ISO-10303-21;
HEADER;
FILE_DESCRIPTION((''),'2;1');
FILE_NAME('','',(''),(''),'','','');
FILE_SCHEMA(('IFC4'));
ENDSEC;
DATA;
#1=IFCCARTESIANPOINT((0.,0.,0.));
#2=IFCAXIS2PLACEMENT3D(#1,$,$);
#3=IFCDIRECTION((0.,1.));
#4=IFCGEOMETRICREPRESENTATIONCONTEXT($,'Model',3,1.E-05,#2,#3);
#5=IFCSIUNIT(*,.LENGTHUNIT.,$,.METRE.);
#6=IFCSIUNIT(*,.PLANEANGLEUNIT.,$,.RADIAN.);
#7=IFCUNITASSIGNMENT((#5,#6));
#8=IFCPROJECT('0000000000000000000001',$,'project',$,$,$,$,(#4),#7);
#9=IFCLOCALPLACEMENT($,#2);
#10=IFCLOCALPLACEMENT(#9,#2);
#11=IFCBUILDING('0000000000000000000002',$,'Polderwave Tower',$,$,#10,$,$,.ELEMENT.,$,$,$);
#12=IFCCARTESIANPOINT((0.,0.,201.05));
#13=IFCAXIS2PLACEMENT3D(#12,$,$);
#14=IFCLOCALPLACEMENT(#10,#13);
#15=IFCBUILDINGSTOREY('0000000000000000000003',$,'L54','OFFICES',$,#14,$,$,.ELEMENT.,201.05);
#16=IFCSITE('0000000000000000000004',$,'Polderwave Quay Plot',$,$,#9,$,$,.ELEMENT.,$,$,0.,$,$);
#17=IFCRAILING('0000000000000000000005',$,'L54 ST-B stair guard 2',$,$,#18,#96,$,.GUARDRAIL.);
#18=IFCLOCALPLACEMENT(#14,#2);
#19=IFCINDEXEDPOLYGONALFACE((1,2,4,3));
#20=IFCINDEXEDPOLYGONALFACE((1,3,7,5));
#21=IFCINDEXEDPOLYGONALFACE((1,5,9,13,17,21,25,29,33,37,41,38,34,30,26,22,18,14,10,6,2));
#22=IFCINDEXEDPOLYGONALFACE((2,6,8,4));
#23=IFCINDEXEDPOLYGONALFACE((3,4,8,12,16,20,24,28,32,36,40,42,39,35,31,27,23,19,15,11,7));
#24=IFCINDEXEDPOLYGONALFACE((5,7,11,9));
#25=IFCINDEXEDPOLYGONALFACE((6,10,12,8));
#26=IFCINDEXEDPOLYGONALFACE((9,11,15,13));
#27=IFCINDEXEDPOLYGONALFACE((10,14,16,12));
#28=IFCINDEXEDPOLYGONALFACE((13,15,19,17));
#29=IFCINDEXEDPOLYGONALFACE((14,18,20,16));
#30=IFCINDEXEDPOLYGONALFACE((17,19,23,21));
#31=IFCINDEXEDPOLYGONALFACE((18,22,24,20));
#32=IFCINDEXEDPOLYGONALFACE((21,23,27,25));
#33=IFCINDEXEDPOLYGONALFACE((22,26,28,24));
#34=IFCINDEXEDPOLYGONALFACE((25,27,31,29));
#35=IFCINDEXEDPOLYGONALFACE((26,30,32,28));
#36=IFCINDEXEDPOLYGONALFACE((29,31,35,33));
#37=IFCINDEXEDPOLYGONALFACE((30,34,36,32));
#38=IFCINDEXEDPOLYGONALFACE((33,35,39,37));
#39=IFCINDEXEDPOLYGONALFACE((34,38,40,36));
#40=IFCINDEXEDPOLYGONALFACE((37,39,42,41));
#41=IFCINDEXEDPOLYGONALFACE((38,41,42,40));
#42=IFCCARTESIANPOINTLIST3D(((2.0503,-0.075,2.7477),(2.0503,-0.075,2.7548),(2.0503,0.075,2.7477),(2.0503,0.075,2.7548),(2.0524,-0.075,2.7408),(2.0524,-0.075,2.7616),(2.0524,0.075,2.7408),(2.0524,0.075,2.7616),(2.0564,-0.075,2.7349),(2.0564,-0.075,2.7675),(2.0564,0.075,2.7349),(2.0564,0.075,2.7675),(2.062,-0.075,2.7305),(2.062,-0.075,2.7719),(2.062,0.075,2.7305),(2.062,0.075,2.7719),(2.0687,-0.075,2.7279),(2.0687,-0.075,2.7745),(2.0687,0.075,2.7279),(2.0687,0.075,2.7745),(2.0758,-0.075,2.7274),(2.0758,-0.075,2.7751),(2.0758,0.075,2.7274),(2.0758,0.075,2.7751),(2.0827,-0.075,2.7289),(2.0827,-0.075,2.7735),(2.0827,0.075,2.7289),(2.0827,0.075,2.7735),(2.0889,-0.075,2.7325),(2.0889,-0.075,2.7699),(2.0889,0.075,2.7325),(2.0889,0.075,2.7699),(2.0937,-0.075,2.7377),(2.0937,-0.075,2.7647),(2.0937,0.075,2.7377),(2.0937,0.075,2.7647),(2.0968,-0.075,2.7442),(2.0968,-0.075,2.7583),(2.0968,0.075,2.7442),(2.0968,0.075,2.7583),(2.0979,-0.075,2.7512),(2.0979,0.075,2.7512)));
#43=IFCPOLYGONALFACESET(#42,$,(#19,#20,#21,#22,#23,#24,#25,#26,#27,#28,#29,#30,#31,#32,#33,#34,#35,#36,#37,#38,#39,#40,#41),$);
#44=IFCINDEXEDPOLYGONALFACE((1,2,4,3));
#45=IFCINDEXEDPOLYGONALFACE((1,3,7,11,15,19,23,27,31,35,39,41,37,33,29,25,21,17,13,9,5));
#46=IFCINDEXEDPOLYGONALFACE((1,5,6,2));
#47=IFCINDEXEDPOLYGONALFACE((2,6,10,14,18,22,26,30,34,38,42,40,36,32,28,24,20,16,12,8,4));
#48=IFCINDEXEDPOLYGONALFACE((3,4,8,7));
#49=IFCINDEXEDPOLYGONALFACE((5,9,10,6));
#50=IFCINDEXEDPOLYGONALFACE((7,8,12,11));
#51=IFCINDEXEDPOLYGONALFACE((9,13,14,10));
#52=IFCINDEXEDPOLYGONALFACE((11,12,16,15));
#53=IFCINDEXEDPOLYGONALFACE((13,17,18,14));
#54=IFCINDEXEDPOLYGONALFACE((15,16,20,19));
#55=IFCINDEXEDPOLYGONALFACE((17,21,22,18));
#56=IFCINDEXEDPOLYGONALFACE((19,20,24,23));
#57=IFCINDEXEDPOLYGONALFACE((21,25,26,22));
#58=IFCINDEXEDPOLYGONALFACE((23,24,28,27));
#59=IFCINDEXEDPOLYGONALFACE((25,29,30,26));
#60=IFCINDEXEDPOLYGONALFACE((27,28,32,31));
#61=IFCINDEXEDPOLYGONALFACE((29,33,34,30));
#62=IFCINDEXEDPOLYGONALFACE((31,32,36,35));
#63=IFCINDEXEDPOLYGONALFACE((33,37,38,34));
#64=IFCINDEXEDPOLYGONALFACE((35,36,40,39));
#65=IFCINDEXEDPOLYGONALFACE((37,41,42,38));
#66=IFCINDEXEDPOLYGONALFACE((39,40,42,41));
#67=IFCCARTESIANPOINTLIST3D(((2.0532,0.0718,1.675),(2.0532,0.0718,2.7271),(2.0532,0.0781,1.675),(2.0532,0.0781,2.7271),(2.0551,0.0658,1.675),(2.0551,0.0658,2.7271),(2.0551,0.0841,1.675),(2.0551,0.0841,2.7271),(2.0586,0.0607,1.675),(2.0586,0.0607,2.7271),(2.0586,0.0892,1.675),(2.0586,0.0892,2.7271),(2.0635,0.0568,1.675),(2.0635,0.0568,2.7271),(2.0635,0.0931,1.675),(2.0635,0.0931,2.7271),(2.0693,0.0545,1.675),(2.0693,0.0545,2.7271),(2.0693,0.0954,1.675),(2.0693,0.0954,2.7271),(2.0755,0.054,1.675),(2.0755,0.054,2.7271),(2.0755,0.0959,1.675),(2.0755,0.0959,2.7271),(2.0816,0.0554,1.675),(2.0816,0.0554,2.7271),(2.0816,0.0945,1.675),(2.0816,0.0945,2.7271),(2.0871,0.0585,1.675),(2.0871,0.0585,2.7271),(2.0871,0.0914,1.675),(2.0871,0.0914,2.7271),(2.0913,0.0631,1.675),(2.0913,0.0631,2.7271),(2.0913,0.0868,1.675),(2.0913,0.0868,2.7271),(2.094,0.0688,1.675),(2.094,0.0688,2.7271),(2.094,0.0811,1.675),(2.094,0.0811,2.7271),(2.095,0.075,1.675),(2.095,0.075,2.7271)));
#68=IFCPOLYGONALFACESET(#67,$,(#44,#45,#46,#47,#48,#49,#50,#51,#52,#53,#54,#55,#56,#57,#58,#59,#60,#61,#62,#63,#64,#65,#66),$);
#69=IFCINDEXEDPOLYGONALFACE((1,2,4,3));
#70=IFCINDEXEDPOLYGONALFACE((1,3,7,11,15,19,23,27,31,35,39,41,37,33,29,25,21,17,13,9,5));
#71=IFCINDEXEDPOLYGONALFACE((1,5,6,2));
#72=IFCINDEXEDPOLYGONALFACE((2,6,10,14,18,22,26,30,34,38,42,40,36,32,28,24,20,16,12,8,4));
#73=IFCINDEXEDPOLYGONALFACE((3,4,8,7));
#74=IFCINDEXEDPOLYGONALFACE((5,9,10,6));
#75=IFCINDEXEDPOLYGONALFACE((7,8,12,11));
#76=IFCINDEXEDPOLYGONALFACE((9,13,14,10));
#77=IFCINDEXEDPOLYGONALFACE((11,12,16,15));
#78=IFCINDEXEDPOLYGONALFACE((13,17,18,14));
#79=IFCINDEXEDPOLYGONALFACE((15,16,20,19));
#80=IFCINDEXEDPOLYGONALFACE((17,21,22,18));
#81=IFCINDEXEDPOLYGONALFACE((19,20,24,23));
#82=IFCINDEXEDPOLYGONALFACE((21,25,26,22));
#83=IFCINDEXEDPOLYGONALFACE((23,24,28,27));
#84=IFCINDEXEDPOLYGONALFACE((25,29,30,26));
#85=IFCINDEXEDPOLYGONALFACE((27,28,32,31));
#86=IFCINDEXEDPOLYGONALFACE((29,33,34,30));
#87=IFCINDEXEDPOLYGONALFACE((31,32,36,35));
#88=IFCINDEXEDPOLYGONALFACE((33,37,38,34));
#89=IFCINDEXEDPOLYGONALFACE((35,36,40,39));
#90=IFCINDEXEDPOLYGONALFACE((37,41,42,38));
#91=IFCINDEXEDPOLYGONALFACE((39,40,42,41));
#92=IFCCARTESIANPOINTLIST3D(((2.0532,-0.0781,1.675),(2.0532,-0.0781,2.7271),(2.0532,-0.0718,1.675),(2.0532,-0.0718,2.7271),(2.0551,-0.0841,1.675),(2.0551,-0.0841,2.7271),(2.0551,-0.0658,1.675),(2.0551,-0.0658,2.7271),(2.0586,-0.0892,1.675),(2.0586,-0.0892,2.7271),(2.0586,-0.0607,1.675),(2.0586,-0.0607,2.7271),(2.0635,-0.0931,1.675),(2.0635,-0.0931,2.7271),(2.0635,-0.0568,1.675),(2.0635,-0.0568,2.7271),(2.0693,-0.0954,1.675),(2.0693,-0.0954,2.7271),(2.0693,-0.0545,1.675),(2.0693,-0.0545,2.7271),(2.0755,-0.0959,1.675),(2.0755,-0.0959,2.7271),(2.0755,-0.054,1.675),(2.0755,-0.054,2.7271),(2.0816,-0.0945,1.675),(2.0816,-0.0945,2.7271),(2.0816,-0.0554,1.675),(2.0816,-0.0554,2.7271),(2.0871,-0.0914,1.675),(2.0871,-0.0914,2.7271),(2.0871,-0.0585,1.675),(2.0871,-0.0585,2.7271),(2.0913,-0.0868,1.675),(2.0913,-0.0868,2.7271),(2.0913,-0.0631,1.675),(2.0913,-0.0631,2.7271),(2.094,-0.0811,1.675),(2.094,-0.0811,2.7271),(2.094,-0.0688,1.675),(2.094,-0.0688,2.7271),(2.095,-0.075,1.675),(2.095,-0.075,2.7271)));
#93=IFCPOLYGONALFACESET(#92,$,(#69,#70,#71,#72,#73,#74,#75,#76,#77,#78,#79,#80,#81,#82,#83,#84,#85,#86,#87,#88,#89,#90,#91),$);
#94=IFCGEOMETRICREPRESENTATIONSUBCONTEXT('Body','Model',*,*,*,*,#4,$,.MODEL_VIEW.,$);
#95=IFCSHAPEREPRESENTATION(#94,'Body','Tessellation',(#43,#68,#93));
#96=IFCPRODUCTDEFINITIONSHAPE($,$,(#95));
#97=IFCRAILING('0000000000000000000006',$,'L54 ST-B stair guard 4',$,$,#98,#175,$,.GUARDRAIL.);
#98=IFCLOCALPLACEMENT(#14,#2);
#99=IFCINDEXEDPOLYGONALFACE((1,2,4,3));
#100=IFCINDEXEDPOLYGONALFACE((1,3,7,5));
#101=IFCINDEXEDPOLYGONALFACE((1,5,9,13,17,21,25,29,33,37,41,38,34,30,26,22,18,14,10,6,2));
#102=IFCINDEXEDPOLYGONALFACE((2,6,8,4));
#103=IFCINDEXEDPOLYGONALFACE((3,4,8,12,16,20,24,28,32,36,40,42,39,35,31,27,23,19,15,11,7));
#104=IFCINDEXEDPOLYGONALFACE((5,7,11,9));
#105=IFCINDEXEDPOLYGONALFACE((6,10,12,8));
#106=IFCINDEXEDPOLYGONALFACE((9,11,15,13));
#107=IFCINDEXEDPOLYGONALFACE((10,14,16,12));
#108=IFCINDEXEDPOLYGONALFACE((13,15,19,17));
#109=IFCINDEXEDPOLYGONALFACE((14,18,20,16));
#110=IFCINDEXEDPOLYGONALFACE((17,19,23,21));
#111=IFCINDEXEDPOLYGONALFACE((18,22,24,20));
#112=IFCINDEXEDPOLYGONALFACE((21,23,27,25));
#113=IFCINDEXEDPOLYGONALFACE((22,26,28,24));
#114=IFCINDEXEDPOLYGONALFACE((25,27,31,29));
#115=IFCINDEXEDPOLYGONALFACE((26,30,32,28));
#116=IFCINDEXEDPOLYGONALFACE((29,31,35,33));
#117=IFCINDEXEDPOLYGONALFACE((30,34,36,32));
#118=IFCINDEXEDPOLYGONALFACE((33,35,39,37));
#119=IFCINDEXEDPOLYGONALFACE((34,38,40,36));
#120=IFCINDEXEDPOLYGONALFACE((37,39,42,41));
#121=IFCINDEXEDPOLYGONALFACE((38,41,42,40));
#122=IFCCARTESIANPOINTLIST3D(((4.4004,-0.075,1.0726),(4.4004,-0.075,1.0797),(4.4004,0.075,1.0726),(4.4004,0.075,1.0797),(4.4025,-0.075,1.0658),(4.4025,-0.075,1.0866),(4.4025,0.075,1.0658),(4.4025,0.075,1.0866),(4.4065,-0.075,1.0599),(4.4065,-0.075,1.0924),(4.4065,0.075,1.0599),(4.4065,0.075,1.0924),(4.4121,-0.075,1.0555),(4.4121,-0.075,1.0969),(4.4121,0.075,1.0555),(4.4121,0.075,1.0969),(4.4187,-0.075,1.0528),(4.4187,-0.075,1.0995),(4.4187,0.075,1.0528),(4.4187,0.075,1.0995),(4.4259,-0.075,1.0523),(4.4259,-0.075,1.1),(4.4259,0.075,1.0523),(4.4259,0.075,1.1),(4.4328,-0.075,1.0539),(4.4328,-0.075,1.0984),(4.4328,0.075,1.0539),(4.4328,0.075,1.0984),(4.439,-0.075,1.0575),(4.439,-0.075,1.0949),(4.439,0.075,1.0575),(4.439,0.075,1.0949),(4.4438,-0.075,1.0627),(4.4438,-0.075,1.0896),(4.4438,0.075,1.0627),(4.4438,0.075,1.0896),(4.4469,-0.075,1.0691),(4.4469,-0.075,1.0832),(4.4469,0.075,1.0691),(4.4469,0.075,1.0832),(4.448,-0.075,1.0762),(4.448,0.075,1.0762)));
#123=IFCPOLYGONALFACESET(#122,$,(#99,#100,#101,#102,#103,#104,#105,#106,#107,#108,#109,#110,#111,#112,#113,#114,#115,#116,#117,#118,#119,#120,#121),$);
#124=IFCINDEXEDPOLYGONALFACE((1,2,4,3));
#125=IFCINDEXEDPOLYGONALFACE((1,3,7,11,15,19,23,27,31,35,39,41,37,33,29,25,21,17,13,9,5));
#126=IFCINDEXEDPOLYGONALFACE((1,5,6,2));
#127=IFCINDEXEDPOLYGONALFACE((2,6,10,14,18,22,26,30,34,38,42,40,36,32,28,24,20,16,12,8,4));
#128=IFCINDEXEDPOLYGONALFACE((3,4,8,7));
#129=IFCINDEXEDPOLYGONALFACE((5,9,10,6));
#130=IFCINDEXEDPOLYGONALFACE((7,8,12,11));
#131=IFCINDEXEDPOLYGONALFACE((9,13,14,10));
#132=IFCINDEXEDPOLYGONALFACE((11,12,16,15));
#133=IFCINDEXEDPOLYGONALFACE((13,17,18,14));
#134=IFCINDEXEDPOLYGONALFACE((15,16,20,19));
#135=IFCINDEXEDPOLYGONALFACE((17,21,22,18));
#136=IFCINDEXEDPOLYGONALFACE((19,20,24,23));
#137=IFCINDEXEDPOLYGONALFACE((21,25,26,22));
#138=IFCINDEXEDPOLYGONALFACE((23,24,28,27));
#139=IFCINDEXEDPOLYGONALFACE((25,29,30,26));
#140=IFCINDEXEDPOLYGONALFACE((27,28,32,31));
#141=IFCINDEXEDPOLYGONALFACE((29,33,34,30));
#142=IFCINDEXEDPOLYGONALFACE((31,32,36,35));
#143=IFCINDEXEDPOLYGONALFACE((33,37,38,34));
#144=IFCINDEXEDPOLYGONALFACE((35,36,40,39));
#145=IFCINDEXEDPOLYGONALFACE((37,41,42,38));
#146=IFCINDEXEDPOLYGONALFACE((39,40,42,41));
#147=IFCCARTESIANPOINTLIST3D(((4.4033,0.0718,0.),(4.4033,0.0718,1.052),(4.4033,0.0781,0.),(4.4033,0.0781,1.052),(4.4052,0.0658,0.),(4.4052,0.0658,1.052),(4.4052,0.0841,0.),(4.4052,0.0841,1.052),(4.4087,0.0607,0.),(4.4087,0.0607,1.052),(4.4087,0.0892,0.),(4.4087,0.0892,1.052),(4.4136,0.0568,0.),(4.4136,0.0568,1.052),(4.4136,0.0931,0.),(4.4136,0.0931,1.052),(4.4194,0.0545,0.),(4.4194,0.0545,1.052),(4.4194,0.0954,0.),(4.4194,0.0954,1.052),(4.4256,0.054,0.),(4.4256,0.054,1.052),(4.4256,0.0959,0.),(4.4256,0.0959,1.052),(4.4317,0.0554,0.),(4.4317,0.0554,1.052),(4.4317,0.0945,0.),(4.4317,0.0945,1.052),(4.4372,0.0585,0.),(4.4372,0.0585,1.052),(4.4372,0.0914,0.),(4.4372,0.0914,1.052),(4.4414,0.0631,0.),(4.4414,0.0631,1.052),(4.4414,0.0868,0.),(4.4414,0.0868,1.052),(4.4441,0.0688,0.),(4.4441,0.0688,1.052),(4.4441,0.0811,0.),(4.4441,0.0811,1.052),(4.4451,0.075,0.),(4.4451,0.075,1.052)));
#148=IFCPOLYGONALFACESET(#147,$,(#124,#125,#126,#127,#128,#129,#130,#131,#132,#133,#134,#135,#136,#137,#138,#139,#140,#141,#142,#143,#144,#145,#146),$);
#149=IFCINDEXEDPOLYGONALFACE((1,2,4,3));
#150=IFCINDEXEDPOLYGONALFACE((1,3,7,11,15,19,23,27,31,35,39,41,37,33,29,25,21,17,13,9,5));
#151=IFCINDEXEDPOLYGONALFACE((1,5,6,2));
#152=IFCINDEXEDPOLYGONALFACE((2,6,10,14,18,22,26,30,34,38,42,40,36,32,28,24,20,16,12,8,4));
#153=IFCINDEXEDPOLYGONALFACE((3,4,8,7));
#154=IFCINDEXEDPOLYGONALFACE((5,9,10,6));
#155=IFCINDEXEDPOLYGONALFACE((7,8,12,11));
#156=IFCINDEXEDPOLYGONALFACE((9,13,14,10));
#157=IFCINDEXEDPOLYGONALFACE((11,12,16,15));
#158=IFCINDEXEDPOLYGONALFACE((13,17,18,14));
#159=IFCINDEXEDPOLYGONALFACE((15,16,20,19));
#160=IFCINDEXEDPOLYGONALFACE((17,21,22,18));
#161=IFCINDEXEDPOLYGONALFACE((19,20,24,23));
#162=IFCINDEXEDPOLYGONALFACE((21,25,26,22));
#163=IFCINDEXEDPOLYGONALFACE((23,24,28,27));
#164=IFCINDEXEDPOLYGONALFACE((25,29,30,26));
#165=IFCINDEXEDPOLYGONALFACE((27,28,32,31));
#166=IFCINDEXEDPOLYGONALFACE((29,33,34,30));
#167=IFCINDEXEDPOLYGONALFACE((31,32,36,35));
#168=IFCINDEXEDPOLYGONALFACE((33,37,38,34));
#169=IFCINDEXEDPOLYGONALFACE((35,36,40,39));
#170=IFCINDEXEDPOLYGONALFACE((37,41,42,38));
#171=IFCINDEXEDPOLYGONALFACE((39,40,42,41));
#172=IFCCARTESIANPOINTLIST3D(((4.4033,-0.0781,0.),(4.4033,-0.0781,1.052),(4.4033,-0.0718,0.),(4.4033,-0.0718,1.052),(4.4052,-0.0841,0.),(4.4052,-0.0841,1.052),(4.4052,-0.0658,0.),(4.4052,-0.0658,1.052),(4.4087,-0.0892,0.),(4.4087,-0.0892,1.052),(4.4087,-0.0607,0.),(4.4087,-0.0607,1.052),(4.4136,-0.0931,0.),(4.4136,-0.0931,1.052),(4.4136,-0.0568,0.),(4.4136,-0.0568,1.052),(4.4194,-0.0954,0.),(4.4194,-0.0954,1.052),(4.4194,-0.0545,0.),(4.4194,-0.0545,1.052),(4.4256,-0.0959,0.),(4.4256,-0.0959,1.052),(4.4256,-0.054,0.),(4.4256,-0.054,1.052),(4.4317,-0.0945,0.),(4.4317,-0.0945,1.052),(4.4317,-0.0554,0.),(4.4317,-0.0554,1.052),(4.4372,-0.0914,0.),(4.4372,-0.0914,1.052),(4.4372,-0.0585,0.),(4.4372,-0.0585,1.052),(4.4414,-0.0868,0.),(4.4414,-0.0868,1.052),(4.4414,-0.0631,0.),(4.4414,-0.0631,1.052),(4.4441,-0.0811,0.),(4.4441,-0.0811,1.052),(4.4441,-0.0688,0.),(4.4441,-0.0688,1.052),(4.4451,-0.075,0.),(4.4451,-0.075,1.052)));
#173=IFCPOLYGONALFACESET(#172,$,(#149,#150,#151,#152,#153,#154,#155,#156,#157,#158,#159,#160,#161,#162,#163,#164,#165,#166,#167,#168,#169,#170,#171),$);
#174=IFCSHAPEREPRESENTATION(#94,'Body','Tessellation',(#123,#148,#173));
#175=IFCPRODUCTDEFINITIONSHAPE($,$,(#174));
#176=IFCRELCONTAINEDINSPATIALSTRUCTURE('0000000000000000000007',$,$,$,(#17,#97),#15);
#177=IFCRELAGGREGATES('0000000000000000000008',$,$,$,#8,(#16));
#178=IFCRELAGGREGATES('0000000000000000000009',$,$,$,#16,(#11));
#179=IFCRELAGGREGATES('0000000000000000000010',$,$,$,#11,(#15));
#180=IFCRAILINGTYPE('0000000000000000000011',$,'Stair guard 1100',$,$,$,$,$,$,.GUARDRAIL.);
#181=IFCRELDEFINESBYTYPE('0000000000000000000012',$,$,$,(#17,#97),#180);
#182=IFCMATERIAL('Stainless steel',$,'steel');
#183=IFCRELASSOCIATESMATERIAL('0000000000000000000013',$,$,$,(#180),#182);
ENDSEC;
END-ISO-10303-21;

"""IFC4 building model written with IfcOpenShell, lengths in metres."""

from ifc_helpers import new_model, si_unit, direction, frame, origin, origin_2d, place, context, subcontext, project, spatial, circle, extrude, material, type_object, element, save


model = new_model("IFC4")

# Units and contexts
model_context = context("Model", 3, precision=1e-05, world=origin(), true_north=direction((0.0, 1.0)))
body_context = subcontext(model_context, "Body", "Model", "MODEL_VIEW")
ifc_project = project(units=[si_unit("LENGTHUNIT", "METRE"), si_unit("PLANEANGLEUNIT", "RADIAN")], contexts=[model_context])

# Site, building, storey
site_placement = place(None, origin())
site = spatial("IfcSite", under=ifc_project, at=site_placement, Name="Polderwave Quay Plot", CompositionType="ELEMENT", RefElevation=0.0)
building_placement = place(site_placement, origin())
building = spatial("IfcBuilding", under=site, at=building_placement, Name="Polderwave Tower", CompositionType="ELEMENT")
storey_placement = place(building_placement, frame((0.0, 0.0, 201.05)))
storey = spatial("IfcBuildingStorey", under=building, at=storey_placement, Name="L54", Description="OFFICES", CompositionType="ELEMENT", Elevation=201.05)

# Railings
ifc_material_1 = material(Name="Stainless steel", Category="steel")
railing_type_1 = type_object("IfcRailingType", Name="Stair guard 1100", PredefinedType="GUARDRAIL", material=ifc_material_1)
for number, where, name in (
    (1, (2.074, 0.075, 1.675), "L54 ST-B stair guard 2"),
    (2, (4.4241, 0.075, 0.0), "L54 ST-B stair guard 4"),
):
    element("IfcRailing", number, at=place(storey_placement, frame(where)), inside=storey, type_object=railing_type_1, Name=name, PredefinedType="GUARDRAIL", context=body_context, shape_type="SweptSolid", body=[
        extrude(circle(Radius=0.0239, at=origin_2d()), frame((0.0, 0.0, 1.0762), z_axis=(0.0, -1.0, 0.0), x_axis=(1.0, 0.0, 0.0)), (0.0, 0.0, 1.0), 0.1499),
        extrude(circle(Radius=0.021, at=origin_2d()), origin(), (0.0, 0.0, 1.0), 1.052),
        extrude(circle(Radius=0.021, at=origin_2d()), frame((0.0, -0.1499, 0.0)), (0.0, 0.0, 1.0), 1.052),
    ])

save(model, "model.ifc")
